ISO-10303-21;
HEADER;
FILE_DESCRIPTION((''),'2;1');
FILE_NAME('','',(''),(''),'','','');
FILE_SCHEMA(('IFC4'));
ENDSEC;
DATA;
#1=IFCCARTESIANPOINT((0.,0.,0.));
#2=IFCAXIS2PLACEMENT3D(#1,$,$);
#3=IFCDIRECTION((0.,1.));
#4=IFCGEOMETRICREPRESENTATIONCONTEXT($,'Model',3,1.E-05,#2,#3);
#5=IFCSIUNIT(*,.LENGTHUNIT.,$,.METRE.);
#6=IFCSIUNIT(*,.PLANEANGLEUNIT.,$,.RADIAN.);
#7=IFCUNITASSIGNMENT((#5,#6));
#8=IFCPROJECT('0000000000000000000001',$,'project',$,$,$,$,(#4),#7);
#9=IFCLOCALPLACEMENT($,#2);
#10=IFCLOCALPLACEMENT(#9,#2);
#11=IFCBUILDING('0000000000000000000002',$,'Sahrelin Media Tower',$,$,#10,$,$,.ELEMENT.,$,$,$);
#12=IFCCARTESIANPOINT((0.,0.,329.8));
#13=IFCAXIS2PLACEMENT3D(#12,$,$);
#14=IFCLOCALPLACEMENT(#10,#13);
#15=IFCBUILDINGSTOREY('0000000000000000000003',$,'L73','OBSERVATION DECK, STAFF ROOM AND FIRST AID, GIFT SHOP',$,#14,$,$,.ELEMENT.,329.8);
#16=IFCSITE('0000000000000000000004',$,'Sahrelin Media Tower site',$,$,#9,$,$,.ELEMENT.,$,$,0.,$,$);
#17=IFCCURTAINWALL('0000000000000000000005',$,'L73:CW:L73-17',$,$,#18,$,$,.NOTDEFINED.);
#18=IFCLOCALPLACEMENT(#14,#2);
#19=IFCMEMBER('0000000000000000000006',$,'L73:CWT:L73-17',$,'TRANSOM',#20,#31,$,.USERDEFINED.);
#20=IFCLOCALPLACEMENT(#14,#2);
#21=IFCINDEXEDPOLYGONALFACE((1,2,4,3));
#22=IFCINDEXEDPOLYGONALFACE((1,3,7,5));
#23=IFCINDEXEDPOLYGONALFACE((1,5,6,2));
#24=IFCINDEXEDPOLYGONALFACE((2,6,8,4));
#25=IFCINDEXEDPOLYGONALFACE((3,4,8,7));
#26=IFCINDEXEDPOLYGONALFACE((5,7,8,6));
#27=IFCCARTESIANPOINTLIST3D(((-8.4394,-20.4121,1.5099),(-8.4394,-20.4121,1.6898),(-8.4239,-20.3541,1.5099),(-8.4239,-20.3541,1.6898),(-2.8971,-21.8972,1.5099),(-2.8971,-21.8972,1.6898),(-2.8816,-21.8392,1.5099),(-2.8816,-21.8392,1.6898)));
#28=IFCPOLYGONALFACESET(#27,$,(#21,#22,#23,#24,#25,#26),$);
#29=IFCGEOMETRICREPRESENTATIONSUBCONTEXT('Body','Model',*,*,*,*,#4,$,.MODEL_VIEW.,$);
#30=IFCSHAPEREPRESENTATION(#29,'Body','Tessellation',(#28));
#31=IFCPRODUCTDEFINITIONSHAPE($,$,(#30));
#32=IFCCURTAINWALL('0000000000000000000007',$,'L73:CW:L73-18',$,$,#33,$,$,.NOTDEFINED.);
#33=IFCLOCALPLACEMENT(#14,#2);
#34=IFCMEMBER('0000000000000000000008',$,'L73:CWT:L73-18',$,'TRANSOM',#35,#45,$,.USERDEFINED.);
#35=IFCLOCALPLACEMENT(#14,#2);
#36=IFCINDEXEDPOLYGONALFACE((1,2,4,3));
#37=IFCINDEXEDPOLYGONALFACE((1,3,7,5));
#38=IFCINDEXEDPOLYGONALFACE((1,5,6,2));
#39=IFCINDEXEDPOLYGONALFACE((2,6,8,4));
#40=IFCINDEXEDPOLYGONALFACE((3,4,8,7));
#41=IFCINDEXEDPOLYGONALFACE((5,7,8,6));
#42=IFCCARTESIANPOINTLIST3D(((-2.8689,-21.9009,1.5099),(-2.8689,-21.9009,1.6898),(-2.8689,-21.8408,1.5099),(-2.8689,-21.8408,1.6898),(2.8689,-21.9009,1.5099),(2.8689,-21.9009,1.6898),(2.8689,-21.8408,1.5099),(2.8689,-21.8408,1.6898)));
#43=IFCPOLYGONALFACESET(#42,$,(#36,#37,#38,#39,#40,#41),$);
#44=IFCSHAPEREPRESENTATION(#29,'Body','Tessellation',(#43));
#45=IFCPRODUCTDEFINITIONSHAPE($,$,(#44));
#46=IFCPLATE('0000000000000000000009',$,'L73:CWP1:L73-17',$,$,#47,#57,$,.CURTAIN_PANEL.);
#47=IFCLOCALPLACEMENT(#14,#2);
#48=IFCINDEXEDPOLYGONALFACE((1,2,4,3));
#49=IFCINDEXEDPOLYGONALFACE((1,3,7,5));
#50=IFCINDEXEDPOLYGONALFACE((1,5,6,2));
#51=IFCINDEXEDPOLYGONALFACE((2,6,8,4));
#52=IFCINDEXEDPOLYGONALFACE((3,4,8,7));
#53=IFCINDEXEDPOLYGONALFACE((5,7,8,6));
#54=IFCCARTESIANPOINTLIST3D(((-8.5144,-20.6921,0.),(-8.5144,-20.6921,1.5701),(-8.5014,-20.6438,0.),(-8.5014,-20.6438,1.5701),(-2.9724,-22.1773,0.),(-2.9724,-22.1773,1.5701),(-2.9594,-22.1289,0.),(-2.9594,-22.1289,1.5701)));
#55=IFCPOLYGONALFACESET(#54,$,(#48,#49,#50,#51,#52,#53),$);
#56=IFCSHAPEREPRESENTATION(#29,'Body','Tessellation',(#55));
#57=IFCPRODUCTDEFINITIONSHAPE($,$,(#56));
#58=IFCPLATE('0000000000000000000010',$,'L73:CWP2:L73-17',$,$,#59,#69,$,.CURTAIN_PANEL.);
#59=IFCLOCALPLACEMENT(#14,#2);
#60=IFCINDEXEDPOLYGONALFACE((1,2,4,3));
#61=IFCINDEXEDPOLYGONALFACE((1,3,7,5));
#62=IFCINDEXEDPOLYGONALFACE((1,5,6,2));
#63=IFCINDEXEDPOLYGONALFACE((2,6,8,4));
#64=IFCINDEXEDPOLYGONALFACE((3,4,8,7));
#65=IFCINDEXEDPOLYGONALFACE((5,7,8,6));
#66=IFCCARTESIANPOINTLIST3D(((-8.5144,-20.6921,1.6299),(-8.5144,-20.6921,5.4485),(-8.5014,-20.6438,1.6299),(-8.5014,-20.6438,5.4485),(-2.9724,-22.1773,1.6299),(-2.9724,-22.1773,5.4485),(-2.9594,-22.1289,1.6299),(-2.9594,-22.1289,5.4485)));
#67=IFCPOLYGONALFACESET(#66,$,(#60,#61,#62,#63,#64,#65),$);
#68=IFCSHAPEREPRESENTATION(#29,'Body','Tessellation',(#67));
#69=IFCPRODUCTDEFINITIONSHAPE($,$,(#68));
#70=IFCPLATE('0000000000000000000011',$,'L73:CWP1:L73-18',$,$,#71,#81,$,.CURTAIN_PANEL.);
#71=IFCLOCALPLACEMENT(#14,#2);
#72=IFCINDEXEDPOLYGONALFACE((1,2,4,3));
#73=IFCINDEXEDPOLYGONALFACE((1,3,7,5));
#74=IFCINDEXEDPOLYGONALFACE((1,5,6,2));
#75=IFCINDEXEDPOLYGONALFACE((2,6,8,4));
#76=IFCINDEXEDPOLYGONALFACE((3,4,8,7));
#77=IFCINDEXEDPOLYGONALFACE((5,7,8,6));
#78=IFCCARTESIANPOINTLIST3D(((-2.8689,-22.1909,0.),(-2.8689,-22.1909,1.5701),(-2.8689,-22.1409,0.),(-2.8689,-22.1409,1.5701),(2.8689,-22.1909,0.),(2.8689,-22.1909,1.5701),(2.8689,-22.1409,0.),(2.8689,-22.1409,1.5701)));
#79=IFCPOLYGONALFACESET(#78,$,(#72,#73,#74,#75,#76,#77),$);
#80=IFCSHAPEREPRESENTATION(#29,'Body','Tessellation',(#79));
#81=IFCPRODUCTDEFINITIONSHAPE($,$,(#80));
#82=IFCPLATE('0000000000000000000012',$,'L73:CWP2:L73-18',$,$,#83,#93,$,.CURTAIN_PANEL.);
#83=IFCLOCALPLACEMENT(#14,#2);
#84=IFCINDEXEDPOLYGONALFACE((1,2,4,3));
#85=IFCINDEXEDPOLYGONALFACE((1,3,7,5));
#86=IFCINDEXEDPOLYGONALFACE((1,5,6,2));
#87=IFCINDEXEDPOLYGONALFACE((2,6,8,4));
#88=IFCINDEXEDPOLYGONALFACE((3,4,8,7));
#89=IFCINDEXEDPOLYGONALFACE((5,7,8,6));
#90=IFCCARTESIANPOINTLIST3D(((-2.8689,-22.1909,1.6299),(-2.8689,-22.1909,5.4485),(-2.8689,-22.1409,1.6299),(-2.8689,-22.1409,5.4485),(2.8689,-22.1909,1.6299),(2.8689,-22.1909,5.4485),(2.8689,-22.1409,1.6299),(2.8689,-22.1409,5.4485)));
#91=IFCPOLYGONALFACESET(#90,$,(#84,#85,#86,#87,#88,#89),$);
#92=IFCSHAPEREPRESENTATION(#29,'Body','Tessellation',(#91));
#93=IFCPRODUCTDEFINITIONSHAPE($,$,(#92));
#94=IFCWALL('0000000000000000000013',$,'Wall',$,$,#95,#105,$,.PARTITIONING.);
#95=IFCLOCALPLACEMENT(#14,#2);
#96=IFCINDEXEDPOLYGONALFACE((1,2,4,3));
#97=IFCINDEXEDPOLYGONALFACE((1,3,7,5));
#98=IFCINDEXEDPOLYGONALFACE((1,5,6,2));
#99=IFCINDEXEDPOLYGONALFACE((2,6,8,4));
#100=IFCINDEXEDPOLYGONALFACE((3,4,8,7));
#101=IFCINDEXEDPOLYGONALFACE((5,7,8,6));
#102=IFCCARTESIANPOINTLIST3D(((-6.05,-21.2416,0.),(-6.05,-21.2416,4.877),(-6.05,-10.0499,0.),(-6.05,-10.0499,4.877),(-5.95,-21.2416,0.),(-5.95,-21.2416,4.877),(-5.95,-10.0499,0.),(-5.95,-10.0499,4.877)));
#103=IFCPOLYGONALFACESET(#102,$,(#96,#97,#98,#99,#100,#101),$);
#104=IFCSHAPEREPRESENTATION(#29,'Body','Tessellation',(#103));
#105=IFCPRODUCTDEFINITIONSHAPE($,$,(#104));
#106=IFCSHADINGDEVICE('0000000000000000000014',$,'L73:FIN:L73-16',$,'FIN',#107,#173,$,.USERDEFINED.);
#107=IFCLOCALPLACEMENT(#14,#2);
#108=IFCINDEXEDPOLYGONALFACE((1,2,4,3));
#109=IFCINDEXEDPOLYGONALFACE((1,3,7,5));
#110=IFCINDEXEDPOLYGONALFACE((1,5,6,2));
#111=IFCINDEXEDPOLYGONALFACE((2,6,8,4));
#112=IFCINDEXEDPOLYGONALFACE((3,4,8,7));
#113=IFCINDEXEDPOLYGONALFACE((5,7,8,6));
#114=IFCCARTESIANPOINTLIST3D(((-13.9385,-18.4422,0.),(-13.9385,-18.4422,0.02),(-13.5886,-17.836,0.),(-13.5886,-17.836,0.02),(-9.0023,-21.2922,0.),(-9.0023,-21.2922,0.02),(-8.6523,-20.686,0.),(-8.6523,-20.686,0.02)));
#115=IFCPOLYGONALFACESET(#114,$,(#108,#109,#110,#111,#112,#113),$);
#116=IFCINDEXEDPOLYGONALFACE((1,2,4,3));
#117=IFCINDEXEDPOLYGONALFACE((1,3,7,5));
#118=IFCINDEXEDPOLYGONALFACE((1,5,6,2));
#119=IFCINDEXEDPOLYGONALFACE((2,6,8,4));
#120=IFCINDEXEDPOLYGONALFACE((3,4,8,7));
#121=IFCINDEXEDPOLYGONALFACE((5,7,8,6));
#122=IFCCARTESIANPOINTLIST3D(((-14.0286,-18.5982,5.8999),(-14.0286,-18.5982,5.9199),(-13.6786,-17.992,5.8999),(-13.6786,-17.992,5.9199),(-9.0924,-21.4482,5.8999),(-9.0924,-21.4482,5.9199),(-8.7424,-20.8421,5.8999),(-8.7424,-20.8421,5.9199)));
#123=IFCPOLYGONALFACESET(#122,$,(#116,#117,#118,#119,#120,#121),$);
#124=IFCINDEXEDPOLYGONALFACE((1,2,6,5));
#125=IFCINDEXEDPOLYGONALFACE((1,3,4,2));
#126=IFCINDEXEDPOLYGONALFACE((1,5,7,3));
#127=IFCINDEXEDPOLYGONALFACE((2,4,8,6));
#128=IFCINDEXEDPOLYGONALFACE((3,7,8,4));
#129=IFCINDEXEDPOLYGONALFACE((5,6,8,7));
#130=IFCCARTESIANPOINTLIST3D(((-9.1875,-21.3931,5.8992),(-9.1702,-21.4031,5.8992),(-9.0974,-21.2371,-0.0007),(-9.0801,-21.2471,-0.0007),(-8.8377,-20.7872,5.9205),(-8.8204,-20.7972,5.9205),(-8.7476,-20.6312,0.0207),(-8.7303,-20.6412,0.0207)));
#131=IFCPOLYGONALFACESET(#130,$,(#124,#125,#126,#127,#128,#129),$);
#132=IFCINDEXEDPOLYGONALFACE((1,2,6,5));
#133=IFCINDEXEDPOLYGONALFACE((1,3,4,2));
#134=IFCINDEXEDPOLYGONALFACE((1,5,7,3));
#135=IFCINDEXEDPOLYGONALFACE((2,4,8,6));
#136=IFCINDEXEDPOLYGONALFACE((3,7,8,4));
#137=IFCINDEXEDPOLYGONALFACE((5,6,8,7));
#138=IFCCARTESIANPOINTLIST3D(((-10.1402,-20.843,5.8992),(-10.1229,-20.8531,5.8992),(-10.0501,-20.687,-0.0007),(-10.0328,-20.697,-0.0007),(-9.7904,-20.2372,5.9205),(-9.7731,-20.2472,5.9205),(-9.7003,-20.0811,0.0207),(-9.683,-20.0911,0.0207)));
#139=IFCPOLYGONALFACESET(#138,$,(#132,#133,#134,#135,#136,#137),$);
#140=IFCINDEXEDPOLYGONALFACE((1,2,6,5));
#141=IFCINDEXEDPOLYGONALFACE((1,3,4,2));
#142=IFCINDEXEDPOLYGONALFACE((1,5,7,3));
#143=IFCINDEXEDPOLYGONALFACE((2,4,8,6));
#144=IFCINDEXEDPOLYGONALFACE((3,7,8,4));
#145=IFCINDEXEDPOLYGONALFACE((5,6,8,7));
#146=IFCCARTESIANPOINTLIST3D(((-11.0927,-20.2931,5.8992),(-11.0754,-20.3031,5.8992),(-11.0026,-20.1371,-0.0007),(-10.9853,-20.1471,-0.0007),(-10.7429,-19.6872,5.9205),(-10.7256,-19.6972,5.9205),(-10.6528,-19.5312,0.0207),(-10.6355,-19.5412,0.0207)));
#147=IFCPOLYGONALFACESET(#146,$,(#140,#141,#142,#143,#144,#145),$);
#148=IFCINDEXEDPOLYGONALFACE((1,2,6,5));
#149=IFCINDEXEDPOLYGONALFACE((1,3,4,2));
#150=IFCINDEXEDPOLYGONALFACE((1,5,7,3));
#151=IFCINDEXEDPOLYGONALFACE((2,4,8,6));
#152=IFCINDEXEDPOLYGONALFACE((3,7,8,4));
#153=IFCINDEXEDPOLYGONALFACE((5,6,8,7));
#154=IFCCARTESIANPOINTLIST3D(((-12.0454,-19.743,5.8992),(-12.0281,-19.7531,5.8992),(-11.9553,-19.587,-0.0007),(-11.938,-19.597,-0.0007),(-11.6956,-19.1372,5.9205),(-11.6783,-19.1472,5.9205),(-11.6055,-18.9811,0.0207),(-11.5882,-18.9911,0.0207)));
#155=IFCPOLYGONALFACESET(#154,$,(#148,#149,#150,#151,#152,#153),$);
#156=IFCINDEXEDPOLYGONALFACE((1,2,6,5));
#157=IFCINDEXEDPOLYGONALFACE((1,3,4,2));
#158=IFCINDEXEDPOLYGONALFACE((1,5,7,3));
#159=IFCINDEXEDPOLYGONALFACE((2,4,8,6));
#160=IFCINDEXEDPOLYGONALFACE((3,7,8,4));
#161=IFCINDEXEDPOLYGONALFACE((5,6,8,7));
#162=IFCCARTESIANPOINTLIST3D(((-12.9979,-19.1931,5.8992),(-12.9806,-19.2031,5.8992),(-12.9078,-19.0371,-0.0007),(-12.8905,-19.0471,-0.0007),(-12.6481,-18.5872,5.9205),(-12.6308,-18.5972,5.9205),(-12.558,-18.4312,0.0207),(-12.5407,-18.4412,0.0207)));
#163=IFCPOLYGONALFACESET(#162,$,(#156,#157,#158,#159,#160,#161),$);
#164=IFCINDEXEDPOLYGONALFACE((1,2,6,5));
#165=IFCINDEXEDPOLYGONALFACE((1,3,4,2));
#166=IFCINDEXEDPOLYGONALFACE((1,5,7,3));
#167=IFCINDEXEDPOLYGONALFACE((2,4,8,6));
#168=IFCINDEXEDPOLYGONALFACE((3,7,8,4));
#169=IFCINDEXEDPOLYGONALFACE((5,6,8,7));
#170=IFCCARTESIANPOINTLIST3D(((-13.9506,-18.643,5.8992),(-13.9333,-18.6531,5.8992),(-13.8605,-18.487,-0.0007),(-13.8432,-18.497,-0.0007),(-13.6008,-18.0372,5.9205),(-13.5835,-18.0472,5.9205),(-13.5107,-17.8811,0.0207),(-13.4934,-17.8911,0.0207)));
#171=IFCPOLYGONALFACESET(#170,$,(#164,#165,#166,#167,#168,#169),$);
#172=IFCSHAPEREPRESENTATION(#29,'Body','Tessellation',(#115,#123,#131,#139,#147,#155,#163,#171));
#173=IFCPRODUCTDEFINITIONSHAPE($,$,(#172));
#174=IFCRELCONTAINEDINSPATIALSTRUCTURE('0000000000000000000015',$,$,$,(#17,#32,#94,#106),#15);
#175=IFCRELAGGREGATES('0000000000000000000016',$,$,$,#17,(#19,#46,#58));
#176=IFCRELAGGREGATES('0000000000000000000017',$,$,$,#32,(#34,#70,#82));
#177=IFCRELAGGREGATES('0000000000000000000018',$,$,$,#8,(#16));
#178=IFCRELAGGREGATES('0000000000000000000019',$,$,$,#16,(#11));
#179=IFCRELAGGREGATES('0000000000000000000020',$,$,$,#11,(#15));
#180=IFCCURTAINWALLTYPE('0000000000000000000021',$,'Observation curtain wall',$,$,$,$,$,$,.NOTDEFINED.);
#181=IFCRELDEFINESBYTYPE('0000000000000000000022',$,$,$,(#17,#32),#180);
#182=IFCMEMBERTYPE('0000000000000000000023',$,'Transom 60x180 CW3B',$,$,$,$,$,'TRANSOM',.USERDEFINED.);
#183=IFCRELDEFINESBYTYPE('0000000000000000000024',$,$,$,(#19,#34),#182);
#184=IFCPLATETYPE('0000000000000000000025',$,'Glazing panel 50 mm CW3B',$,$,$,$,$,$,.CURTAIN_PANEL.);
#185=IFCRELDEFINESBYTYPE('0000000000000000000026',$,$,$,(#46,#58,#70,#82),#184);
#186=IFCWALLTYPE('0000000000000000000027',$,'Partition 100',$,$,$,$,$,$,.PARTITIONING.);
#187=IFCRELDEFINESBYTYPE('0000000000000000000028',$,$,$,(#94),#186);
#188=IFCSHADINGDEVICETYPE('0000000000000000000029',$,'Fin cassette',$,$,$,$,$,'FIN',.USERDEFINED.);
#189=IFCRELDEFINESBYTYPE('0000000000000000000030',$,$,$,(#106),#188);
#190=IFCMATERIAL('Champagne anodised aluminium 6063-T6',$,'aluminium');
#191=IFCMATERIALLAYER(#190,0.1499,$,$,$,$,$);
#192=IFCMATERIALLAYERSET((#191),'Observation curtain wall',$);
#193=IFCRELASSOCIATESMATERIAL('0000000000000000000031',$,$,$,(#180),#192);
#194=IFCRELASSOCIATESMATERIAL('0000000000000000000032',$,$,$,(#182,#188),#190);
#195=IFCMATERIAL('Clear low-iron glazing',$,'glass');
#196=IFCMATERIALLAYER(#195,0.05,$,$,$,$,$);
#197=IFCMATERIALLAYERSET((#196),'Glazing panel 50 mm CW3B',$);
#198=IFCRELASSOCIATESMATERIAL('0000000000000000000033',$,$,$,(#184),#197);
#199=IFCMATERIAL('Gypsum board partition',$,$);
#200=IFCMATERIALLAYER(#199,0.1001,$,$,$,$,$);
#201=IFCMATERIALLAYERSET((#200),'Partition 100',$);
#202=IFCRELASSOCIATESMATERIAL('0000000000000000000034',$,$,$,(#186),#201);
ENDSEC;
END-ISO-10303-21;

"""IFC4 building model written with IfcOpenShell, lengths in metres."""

from ifc_helpers import new_model, si_unit, direction, frame, frame_2d, origin, origin_2d, place, context, subcontext, project, spatial, polyline, rectangle, outline, extrude, material, layer, layer_set, material_profile, profile_set, type_object, element, aggregate, save


model = new_model("IFC4")

# Units and contexts
model_context = context("Model", 3, precision=1e-05, world=origin(), true_north=direction((0.0, 1.0)))
body_context = subcontext(model_context, "Body", "Model", "MODEL_VIEW")
ifc_project = project(units=[si_unit("LENGTHUNIT", "METRE"), si_unit("PLANEANGLEUNIT", "RADIAN")], contexts=[model_context])

# Site, building, storey
site_placement = place(None, origin())
site = spatial("IfcSite", under=ifc_project, at=site_placement, Name="Sahrelin Media Tower site", CompositionType="ELEMENT", RefElevation=0.0)
building_placement = place(site_placement, origin())
building = spatial("IfcBuilding", under=site, at=building_placement, Name="Sahrelin Media Tower", CompositionType="ELEMENT")
storey_placement = place(building_placement, frame((0.0, 0.0, 329.8)))
storey = spatial("IfcBuildingStorey", under=building, at=storey_placement, Name="L73", Description="OBSERVATION DECK, STAFF ROOM AND FIRST AID, GIFT SHOP", CompositionType="ELEMENT", Elevation=329.8)

# Curtain wall
ifc_material_1 = material(Name="Champagne anodised aluminium 6063-T6", Category="aluminium")
ifc_layer_1 = layer(ifc_material_1, 0.1499)
ifc_layer_set_1 = layer_set([ifc_layer_1], Name="Observation curtain wall")
curtain_wall_type = type_object("IfcCurtainWallType", Name="Observation curtain wall", PredefinedType="NOTDEFINED", material=ifc_layer_set_1)
curtain_wall_1_placement = place(storey_placement, frame((-5.7383, -21.4153, 0.0), z_axis=(0.0, 0.0, 1.0), x_axis=(1.0, 0.0, 0.0)))
curtain_wall_1 = element("IfcCurtainWall", 1, at=curtain_wall_1_placement, inside=storey, type_object=curtain_wall_type, Name="L73:CW:L73-17", PredefinedType="NOTDEFINED")

# Member
ifc_material_profile_1 = material_profile(ifc_material_1, rectangle(XDim=0.0601, YDim=0.1799, at=origin_2d()), Name="Transom 60x180")
ifc_profile_set_1 = profile_set([ifc_material_profile_1], Name="Champagne anodised aluminium 6063-T6")
member_type_1 = type_object("IfcMemberType", Name="Transom 60x180 CW3B", ElementType="TRANSOM", PredefinedType="USERDEFINED", material=ifc_profile_set_1)
member_1_placement = place(storey_placement, frame((-8.4316, -20.3831, 1.5999), z_axis=(0.965923, -0.25883, 0.0), x_axis=(0.25883, 0.965923, 0.0)))
member_1 = element("IfcMember", 2, at=member_1_placement, type_object=member_type_1, Name="L73:CWT:L73-17", ObjectType="TRANSOM", PredefinedType="USERDEFINED", context=body_context, shape_type="SweptSolid", body=[
    extrude(rectangle(XDim=0.0601, YDim=0.1799, at=origin_2d()), origin(), (0.0, 0.0, 1.0), 5.7378),
])

# Curtain wall, member
curtain_wall_2_placement = place(storey_placement, frame((0.0, -22.1709, 0.0), z_axis=(0.0, 0.0, 1.0), x_axis=(1.0, 0.0, 0.0)))
curtain_wall_2 = element("IfcCurtainWall", 3, at=curtain_wall_2_placement, inside=storey, type_object=curtain_wall_type, Name="L73:CW:L73-18", PredefinedType="NOTDEFINED")
member_2_placement = place(storey_placement, frame((-2.8689, -21.8708, 1.5999), z_axis=(1.0, 0.0, 0.0), x_axis=(0.0, 1.0, 0.0)))
member_2 = element("IfcMember", 4, at=member_2_placement, type_object=member_type_1, Name="L73:CWT:L73-18", ObjectType="TRANSOM", PredefinedType="USERDEFINED", context=body_context, shape_type="SweptSolid", body=[
    extrude(rectangle(XDim=0.0601, YDim=0.1799, at=origin_2d()), origin(), (0.0, 0.0, 1.0), 5.7378),
])

# Plates
ifc_material_2 = material(Name="Clear low-iron glazing", Category="glass")
ifc_layer_2 = layer(ifc_material_2, 0.05)
ifc_layer_set_2 = layer_set([ifc_layer_2], Name="Glazing panel 50 mm CW3B")
plate_type = type_object("IfcPlateType", Name="Glazing panel 50 mm CW3B", PredefinedType="CURTAIN_PANEL", material=ifc_layer_set_2)
plate_1_placement = place(storey_placement, frame((-8.5144, -20.6921, 0.0), z_axis=(-0.258841, -0.96592, 0.0), x_axis=(0.96592, -0.258841, 0.0)))
plate_1 = element("IfcPlate", 5, at=plate_1_placement, type_object=plate_type, Name="L73:CWP1:L73-17", PredefinedType="CURTAIN_PANEL", context=body_context, shape_type="SweptSolid", body=[
    extrude(outline(polyline([(0.0, 0.0), (5.7375, 0.0), (5.7375, 1.5701), (0.0, 1.5701), (0.0, 0.0)])), origin(), (0.0, 0.0, -1.0), 0.05),
])
plate_2_placement = place(storey_placement, frame((-8.5144, -20.6921, 1.6299), z_axis=(-0.258841, -0.96592, 0.0), x_axis=(0.96592, -0.258841, 0.0)))
plate_2 = element("IfcPlate", 6, at=plate_2_placement, type_object=plate_type, Name="L73:CWP2:L73-17", PredefinedType="CURTAIN_PANEL", context=body_context, shape_type="SweptSolid", body=[
    extrude(outline(polyline([(0.0, 0.0), (5.7375, 0.0), (5.7375, 3.8186), (0.0, 3.8186), (0.0, 0.0)])), origin(), (0.0, 0.0, -1.0), 0.05),
])
aggregate(curtain_wall_1, [member_1, plate_1, plate_2])
plate_3_placement = place(storey_placement, frame((-2.8689, -22.1909, 0.0), z_axis=(0.0, -1.0, 0.0), x_axis=(1.0, 0.0, 0.0)))
plate_3 = element("IfcPlate", 7, at=plate_3_placement, type_object=plate_type, Name="L73:CWP1:L73-18", PredefinedType="CURTAIN_PANEL", context=body_context, shape_type="SweptSolid", body=[
    extrude(outline(polyline([(0.0, 0.0), (5.7378, 0.0), (5.7378, 1.5701), (0.0, 1.5701), (0.0, 0.0)])), origin(), (0.0, 0.0, -1.0), 0.05),
])
plate_4_placement = place(storey_placement, frame((-2.8689, -22.1909, 1.6299), z_axis=(0.0, -1.0, 0.0), x_axis=(1.0, 0.0, 0.0)))
plate_4 = element("IfcPlate", 8, at=plate_4_placement, type_object=plate_type, Name="L73:CWP2:L73-18", PredefinedType="CURTAIN_PANEL", context=body_context, shape_type="SweptSolid", body=[
    extrude(outline(polyline([(0.0, 0.0), (5.7378, 0.0), (5.7378, 3.8186), (0.0, 3.8186), (0.0, 0.0)])), origin(), (0.0, 0.0, -1.0), 0.05),
])
aggregate(curtain_wall_2, [member_2, plate_3, plate_4])

# Wall
ifc_material_3 = material(Name="Gypsum board partition")
ifc_layer_3 = layer(ifc_material_3, 0.1001)
ifc_layer_set_3 = layer_set([ifc_layer_3], Name="Partition 100")
wall_type = type_object("IfcWallType", Name="Partition 100", PredefinedType="PARTITIONING", material=ifc_layer_set_3)
wall_placement = place(storey_placement, frame((-6.0, -10.05, 0.0), z_axis=(0.0, 0.0, 1.0), x_axis=(0.0, -1.0, 0.0)))
element("IfcWall", 9, at=wall_placement, inside=storey, type_object=wall_type, Name="Wall", PredefinedType="PARTITIONING", context=body_context, shape_type="SweptSolid", body=[
    extrude(rectangle(XDim=11.1917, YDim=0.1001, at=frame_2d((5.5957, 0.0))), origin(), (0.0, 0.0, 1.0), 4.877),
])

# Shading device
shading_device_type_1 = type_object("IfcShadingDeviceType", Name="Fin cassette", ElementType="FIN", PredefinedType="USERDEFINED", material=ifc_material_1)
placement_1 = place(storey_placement, frame((-11.0854, -19.2004, 0.0), z_axis=(0.0, 0.0, 1.0), x_axis=(-0.866019, 0.500011, 0.0)))
element("IfcShadingDevice", 10, at=placement_1, inside=storey, type_object=shading_device_type_1, Name="L73:FIN:L73-16", ObjectType="FIN", PredefinedType="USERDEFINED", context=body_context, shape_type="SweptSolid", body=[
    extrude(rectangle(XDim=5.7, YDim=0.7, at=origin_2d()), frame((0.0, 0.4199, 0.0)), (0.0, 0.0, 1.0), 0.02),
    extrude(rectangle(XDim=5.7, YDim=0.7, at=origin_2d()), frame((0.0, 0.6001, 5.8999)), (0.0, 0.0, 1.0), 0.02),
    extrude(rectangle(XDim=0.02, YDim=0.7, at=origin_2d()), frame((-2.75, 0.4199, 0.01), z_axis=(0.0, 0.030525, 0.999534), x_axis=(-1.0, 0.0, 0.0)), (0.0, 0.0, 1.0), 5.9026),
    extrude(rectangle(XDim=0.02, YDim=0.7, at=origin_2d()), frame((-1.6499, 0.4199, 0.01), z_axis=(0.0, 0.030525, 0.999534), x_axis=(-1.0, 0.0, 0.0)), (0.0, 0.0, 1.0), 5.9026),
    extrude(rectangle(XDim=0.02, YDim=0.7, at=origin_2d()), frame((-0.55, 0.4199, 0.01), z_axis=(0.0, 0.030525, 0.999534), x_axis=(-1.0, 0.0, 0.0)), (0.0, 0.0, 1.0), 5.9026),
    extrude(rectangle(XDim=0.02, YDim=0.7, at=origin_2d()), frame((0.55, 0.4199, 0.01), z_axis=(0.0, 0.030525, 0.999534), x_axis=(-1.0, 0.0, 0.0)), (0.0, 0.0, 1.0), 5.9026),
    extrude(rectangle(XDim=0.02, YDim=0.7, at=origin_2d()), frame((1.6499, 0.4199, 0.01), z_axis=(0.0, 0.030525, 0.999534), x_axis=(-1.0, 0.0, 0.0)), (0.0, 0.0, 1.0), 5.9026),
    extrude(rectangle(XDim=0.02, YDim=0.7, at=origin_2d()), frame((2.75, 0.4199, 0.01), z_axis=(0.0, 0.030525, 0.999534), x_axis=(-1.0, 0.0, 0.0)), (0.0, 0.0, 1.0), 5.9026),
])

save(model, "model.ifc")
